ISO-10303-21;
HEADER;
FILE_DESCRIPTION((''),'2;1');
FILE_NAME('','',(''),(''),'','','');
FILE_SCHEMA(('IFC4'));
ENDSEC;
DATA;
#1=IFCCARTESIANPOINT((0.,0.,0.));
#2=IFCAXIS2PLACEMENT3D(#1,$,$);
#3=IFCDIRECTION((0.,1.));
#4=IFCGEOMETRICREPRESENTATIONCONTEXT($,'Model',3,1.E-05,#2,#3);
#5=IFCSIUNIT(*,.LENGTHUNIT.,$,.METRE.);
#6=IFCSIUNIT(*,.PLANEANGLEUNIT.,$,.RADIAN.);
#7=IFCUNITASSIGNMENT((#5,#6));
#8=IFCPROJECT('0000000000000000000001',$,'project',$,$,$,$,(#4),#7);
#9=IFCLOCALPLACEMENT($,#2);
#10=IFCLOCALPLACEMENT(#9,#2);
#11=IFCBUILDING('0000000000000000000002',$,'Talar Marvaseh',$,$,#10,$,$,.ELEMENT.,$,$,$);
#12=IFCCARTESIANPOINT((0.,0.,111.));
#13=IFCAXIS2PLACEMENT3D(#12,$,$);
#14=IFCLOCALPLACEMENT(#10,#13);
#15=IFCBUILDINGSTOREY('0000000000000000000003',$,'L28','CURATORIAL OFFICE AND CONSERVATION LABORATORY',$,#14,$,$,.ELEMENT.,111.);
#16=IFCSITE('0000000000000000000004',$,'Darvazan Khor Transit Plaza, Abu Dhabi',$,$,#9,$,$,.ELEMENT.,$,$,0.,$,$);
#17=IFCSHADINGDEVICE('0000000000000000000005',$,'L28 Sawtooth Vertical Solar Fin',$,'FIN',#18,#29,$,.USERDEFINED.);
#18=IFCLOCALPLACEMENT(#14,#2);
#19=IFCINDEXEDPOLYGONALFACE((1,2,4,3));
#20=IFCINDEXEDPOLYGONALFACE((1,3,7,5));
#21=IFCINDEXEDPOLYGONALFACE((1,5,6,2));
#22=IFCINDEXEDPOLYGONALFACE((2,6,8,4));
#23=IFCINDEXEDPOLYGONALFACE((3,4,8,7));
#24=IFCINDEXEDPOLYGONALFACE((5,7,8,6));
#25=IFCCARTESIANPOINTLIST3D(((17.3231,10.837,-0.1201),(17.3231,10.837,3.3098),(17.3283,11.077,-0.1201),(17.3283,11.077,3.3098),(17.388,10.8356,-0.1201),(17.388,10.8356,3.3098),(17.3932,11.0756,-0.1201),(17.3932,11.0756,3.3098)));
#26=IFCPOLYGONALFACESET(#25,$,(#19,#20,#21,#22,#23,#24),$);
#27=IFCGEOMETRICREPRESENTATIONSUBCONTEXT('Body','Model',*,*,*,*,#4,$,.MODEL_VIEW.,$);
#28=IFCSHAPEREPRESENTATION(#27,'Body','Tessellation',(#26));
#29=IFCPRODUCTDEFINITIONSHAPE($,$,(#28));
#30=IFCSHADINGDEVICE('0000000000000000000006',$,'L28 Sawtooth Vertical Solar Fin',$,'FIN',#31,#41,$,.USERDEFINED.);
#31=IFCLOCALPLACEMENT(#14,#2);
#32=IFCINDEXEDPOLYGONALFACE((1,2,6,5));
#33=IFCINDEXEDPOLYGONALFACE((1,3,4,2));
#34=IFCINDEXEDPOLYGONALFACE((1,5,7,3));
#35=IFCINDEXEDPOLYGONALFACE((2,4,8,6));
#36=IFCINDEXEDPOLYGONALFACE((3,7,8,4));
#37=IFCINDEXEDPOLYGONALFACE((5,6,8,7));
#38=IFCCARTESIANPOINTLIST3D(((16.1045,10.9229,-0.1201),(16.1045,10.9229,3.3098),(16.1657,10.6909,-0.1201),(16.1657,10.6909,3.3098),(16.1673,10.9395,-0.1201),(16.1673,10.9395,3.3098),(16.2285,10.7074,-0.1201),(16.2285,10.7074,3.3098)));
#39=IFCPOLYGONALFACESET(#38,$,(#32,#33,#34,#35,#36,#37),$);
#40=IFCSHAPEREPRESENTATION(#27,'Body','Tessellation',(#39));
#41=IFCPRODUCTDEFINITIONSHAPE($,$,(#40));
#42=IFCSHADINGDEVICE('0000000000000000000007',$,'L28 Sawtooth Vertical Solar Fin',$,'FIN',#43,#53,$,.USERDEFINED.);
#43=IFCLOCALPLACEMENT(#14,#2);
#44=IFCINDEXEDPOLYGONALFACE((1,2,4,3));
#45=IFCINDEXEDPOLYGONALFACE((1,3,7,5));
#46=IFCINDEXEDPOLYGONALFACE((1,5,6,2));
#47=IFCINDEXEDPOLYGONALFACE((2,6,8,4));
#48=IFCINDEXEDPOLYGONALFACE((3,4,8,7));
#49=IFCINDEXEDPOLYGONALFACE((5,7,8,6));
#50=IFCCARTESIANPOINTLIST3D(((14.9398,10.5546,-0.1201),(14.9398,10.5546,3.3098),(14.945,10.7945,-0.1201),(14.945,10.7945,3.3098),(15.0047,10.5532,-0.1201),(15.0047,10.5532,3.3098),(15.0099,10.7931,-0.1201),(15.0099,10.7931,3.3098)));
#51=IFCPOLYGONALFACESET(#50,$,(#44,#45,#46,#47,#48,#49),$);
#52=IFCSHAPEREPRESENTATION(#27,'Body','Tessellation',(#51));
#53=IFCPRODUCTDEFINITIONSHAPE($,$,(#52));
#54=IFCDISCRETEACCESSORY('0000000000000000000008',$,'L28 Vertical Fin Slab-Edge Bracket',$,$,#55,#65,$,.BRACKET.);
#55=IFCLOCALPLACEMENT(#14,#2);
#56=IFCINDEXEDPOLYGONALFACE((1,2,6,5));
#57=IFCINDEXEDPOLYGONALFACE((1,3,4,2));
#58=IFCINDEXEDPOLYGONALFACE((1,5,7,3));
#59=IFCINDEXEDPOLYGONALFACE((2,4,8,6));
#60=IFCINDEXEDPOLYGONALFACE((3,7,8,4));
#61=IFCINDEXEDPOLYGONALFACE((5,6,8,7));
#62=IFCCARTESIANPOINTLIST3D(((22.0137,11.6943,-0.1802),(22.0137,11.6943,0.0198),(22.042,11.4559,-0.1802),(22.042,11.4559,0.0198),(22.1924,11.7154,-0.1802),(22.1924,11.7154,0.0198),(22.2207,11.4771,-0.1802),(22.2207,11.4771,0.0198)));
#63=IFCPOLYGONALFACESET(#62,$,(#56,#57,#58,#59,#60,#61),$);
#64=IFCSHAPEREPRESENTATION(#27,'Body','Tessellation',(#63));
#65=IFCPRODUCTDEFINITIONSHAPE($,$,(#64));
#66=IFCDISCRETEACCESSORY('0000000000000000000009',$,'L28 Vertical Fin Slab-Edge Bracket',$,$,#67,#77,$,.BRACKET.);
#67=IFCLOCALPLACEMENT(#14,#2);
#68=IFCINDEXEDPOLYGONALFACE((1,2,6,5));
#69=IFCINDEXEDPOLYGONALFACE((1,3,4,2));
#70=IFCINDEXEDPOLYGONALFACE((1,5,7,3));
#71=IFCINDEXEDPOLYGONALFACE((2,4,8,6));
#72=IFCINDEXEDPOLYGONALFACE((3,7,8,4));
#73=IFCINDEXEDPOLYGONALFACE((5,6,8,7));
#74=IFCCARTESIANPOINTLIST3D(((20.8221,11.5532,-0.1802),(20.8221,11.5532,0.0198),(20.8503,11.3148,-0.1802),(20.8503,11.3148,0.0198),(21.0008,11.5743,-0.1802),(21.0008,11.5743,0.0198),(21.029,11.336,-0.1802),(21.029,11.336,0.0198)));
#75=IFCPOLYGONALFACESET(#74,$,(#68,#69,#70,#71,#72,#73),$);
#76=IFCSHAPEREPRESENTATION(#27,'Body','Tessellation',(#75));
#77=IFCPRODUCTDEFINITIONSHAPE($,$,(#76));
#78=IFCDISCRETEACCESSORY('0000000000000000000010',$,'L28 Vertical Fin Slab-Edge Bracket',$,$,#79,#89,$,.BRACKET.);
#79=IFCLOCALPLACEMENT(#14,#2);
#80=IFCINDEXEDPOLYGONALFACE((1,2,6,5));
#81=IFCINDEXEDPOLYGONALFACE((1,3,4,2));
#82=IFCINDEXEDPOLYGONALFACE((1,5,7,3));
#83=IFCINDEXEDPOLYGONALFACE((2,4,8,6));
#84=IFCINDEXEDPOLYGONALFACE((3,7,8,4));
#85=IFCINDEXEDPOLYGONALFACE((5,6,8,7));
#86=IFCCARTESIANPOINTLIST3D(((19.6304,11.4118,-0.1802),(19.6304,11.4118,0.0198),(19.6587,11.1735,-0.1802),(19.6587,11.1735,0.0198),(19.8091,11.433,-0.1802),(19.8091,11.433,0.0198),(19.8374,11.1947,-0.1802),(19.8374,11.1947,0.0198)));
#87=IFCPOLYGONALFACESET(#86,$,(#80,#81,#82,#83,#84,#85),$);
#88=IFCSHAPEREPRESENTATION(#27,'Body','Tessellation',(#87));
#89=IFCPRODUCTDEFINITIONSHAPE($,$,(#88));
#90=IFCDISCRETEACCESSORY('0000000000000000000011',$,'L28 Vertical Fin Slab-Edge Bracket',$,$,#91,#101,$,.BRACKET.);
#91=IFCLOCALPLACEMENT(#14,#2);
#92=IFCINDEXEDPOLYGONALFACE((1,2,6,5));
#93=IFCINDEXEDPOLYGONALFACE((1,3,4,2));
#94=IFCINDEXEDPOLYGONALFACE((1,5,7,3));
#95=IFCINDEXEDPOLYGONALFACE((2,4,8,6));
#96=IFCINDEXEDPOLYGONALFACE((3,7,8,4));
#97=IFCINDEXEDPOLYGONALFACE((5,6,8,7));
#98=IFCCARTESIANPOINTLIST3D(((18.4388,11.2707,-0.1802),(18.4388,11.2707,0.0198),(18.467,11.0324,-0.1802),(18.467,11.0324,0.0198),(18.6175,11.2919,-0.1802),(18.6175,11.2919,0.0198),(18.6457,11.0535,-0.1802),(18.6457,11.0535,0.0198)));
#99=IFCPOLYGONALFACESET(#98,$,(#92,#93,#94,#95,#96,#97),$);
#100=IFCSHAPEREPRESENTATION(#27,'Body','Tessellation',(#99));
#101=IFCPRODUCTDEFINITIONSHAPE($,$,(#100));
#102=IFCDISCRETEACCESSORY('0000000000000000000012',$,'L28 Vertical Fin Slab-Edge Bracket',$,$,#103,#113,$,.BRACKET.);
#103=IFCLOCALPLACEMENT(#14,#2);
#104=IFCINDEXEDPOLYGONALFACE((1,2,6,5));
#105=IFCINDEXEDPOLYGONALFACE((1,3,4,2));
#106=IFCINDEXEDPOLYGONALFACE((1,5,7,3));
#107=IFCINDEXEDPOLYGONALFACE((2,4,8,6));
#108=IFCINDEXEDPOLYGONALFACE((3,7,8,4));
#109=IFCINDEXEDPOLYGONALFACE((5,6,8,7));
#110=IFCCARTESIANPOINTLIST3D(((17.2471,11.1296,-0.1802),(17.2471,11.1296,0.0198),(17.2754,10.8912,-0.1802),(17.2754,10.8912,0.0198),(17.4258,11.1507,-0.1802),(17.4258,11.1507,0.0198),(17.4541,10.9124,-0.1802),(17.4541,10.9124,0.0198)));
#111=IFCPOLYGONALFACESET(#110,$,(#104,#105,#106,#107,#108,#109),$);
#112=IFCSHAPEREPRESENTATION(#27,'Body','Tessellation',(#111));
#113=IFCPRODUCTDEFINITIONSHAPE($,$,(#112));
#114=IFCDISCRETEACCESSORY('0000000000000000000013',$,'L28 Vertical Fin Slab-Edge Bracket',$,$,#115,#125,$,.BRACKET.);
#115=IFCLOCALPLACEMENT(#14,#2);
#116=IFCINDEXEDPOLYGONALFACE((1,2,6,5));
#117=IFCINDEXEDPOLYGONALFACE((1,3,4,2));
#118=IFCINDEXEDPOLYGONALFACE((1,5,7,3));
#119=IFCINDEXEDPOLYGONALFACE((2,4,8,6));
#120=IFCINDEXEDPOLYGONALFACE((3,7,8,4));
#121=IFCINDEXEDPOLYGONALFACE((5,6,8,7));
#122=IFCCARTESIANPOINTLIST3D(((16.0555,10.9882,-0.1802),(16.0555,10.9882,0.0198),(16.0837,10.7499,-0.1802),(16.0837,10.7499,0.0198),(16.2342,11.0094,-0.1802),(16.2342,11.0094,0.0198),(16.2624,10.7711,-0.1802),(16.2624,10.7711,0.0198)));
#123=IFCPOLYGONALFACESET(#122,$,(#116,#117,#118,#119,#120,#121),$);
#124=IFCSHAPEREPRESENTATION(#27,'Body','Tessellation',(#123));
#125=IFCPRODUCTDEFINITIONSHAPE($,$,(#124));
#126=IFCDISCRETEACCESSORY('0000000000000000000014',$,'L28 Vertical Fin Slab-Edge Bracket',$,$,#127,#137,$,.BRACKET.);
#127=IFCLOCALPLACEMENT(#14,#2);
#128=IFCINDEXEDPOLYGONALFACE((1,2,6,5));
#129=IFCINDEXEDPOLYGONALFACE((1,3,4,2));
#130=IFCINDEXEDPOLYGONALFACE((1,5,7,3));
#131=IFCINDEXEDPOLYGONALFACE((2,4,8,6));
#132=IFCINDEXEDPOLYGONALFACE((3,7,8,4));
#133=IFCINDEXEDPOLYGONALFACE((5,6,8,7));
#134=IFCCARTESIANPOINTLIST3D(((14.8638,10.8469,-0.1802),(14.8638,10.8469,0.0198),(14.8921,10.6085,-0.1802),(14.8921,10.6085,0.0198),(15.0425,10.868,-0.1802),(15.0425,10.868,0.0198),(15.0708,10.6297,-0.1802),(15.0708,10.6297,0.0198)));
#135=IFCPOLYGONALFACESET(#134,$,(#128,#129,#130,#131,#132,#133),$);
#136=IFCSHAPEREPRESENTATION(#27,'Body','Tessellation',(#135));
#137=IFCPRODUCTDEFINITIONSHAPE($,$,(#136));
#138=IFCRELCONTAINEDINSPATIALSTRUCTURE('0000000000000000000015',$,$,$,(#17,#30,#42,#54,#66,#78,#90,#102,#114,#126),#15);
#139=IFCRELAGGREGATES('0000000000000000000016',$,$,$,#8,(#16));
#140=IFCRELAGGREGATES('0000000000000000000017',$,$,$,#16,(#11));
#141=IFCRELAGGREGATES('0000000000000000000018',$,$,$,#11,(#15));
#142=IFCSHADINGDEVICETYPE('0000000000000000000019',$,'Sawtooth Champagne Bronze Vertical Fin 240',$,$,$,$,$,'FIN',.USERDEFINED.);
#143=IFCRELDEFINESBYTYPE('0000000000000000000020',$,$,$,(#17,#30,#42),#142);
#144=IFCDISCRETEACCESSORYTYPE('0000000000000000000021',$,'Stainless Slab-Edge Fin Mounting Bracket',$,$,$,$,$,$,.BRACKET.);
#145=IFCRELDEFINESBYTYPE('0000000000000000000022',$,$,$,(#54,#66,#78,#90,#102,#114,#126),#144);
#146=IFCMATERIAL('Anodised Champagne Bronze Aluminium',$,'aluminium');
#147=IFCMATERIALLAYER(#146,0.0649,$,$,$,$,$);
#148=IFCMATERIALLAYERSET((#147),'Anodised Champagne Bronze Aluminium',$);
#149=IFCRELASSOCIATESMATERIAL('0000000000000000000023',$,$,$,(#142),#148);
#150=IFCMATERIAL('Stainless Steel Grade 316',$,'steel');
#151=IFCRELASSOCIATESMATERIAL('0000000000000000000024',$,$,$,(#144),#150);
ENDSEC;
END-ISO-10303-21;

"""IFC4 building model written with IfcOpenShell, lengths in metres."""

from ifc_helpers import new_model, si_unit, direction, frame, origin, origin_2d, place, context, subcontext, project, spatial, rectangle, extrude, source, transform, mapped, material, layer, layer_set, type_object, type_shapes, element, save


model = new_model("IFC4")

# Units and contexts
model_context = context("Model", 3, precision=1e-05, world=origin(), true_north=direction((0.0, 1.0)))
body_context = subcontext(model_context, "Body", "Model", "MODEL_VIEW")
ifc_project = project(units=[si_unit("LENGTHUNIT", "METRE"), si_unit("PLANEANGLEUNIT", "RADIAN")], contexts=[model_context])

# Site, building, storey
site_placement = place(None, origin())
site = spatial("IfcSite", under=ifc_project, at=site_placement, Name="Darvazan Khor Transit Plaza, Abu Dhabi", CompositionType="ELEMENT", RefElevation=0.0)
building_placement = place(site_placement, origin())
building = spatial("IfcBuilding", under=site, at=building_placement, Name="Talar Marvaseh", CompositionType="ELEMENT")
storey_placement = place(building_placement, frame((0.0, 0.0, 111.0)))
storey = spatial("IfcBuildingStorey", under=building, at=storey_placement, Name="L28", Description="CURATORIAL OFFICE AND CONSERVATION LABORATORY", CompositionType="ELEMENT", Elevation=111.0)

# Shading devices
ifc_material_1 = material(Name="Anodised Champagne Bronze Aluminium", Category="aluminium")
ifc_layer_1 = layer(ifc_material_1, 0.0649)
ifc_layer_set_1 = layer_set([ifc_layer_1], Name="Anodised Champagne Bronze Aluminium")
shading_device_type = type_object("IfcShadingDeviceType", Name="Sawtooth Champagne Bronze Vertical Fin 240", ElementType="FIN", PredefinedType="USERDEFINED", material=ifc_layer_set_1)
shared_shape_1 = source(origin(), body_context, "Body", "SweptSolid", [
    extrude(rectangle(XDim=0.24, YDim=0.0649, at=origin_2d()), origin(), (0.0, 0.0, 1.0), 3.4299),
])
type_shapes(shading_device_type, [shared_shape_1])
for number, where, z_axis, x_axis, name in (
    (1, (17.3582, 10.9563, -0.1201), (0.0, 0.0, 1.0), (-0.02164, -0.999766, 0.0), "L28 Sawtooth Vertical Solar Fin"),
    (2, (16.1665, 10.8152, -0.1201), (0.0, 0.0, 1.0), (0.254771, -0.967001, 0.0), "L28 Sawtooth Vertical Solar Fin"),
    (3, (14.9749, 10.6738, -0.1201), (0.0, 0.0, 1.0), (-0.02164, -0.999766, 0.0), "L28 Sawtooth Vertical Solar Fin"),
):
    element("IfcShadingDevice", number, at=place(storey_placement, frame(where, z_axis=z_axis, x_axis=x_axis)), inside=storey, type_object=shading_device_type, Name=name, ObjectType="FIN", PredefinedType="USERDEFINED", context=body_context, shape_type="MappedRepresentation", body=[
        mapped(shared_shape_1, transform((0.0, 0.0, 0.0), x_axis=(1.0, 0.0, 0.0), y_axis=(0.0, 1.0, 0.0), z_axis=(0.0, 0.0, 1.0), scale=1.0)),
    ])

# Discrete accessories
ifc_material_2 = material(Name="Stainless Steel Grade 316", Category="steel")
discrete_accessory_type = type_object("IfcDiscreteAccessoryType", Name="Stainless Slab-Edge Fin Mounting Bracket", PredefinedType="BRACKET", material=ifc_material_2)
shared_shape_2 = source(origin(), body_context, "Body", "SweptSolid", [
    extrude(rectangle(XDim=0.24, YDim=0.1799, at=origin_2d()), origin(), (0.0, 0.0, 1.0), 0.2),
])
type_shapes(discrete_accessory_type, [shared_shape_2])
for number, where, z_axis, x_axis, name in (
    (4, (22.1172, 11.5857, -0.1802), (0.0, 0.0, 1.0), (0.117711, -0.993048, 0.0), "L28 Vertical Fin Slab-Edge Bracket"),
    (5, (20.9255, 11.4446, -0.1802), (0.0, 0.0, 1.0), (0.117711, -0.993048, 0.0), "L28 Vertical Fin Slab-Edge Bracket"),
    (6, (19.7339, 11.3032, -0.1802), (0.0, 0.0, 1.0), (0.117711, -0.993048, 0.0), "L28 Vertical Fin Slab-Edge Bracket"),
    (7, (18.5422, 11.1621, -0.1802), (0.0, 0.0, 1.0), (0.117711, -0.993048, 0.0), "L28 Vertical Fin Slab-Edge Bracket"),
    (8, (17.3506, 11.021, -0.1802), (0.0, 0.0, 1.0), (0.117711, -0.993048, 0.0), "L28 Vertical Fin Slab-Edge Bracket"),
    (9, (16.1589, 10.8796, -0.1802), (0.0, 0.0, 1.0), (0.117711, -0.993048, 0.0), "L28 Vertical Fin Slab-Edge Bracket"),
    (10, (14.9673, 10.7383, -0.1802), (0.0, 0.0, 1.0), (0.117711, -0.993048, 0.0), "L28 Vertical Fin Slab-Edge Bracket"),
):
    element("IfcDiscreteAccessory", number, at=place(storey_placement, frame(where, z_axis=z_axis, x_axis=x_axis)), inside=storey, type_object=discrete_accessory_type, Name=name, PredefinedType="BRACKET", context=body_context, shape_type="MappedRepresentation", body=[
        mapped(shared_shape_2, transform((0.0, 0.0, 0.0), x_axis=(1.0, 0.0, 0.0), y_axis=(0.0, 1.0, 0.0), z_axis=(0.0, 0.0, 1.0), scale=1.0)),
    ])

save(model, "model.ifc")
